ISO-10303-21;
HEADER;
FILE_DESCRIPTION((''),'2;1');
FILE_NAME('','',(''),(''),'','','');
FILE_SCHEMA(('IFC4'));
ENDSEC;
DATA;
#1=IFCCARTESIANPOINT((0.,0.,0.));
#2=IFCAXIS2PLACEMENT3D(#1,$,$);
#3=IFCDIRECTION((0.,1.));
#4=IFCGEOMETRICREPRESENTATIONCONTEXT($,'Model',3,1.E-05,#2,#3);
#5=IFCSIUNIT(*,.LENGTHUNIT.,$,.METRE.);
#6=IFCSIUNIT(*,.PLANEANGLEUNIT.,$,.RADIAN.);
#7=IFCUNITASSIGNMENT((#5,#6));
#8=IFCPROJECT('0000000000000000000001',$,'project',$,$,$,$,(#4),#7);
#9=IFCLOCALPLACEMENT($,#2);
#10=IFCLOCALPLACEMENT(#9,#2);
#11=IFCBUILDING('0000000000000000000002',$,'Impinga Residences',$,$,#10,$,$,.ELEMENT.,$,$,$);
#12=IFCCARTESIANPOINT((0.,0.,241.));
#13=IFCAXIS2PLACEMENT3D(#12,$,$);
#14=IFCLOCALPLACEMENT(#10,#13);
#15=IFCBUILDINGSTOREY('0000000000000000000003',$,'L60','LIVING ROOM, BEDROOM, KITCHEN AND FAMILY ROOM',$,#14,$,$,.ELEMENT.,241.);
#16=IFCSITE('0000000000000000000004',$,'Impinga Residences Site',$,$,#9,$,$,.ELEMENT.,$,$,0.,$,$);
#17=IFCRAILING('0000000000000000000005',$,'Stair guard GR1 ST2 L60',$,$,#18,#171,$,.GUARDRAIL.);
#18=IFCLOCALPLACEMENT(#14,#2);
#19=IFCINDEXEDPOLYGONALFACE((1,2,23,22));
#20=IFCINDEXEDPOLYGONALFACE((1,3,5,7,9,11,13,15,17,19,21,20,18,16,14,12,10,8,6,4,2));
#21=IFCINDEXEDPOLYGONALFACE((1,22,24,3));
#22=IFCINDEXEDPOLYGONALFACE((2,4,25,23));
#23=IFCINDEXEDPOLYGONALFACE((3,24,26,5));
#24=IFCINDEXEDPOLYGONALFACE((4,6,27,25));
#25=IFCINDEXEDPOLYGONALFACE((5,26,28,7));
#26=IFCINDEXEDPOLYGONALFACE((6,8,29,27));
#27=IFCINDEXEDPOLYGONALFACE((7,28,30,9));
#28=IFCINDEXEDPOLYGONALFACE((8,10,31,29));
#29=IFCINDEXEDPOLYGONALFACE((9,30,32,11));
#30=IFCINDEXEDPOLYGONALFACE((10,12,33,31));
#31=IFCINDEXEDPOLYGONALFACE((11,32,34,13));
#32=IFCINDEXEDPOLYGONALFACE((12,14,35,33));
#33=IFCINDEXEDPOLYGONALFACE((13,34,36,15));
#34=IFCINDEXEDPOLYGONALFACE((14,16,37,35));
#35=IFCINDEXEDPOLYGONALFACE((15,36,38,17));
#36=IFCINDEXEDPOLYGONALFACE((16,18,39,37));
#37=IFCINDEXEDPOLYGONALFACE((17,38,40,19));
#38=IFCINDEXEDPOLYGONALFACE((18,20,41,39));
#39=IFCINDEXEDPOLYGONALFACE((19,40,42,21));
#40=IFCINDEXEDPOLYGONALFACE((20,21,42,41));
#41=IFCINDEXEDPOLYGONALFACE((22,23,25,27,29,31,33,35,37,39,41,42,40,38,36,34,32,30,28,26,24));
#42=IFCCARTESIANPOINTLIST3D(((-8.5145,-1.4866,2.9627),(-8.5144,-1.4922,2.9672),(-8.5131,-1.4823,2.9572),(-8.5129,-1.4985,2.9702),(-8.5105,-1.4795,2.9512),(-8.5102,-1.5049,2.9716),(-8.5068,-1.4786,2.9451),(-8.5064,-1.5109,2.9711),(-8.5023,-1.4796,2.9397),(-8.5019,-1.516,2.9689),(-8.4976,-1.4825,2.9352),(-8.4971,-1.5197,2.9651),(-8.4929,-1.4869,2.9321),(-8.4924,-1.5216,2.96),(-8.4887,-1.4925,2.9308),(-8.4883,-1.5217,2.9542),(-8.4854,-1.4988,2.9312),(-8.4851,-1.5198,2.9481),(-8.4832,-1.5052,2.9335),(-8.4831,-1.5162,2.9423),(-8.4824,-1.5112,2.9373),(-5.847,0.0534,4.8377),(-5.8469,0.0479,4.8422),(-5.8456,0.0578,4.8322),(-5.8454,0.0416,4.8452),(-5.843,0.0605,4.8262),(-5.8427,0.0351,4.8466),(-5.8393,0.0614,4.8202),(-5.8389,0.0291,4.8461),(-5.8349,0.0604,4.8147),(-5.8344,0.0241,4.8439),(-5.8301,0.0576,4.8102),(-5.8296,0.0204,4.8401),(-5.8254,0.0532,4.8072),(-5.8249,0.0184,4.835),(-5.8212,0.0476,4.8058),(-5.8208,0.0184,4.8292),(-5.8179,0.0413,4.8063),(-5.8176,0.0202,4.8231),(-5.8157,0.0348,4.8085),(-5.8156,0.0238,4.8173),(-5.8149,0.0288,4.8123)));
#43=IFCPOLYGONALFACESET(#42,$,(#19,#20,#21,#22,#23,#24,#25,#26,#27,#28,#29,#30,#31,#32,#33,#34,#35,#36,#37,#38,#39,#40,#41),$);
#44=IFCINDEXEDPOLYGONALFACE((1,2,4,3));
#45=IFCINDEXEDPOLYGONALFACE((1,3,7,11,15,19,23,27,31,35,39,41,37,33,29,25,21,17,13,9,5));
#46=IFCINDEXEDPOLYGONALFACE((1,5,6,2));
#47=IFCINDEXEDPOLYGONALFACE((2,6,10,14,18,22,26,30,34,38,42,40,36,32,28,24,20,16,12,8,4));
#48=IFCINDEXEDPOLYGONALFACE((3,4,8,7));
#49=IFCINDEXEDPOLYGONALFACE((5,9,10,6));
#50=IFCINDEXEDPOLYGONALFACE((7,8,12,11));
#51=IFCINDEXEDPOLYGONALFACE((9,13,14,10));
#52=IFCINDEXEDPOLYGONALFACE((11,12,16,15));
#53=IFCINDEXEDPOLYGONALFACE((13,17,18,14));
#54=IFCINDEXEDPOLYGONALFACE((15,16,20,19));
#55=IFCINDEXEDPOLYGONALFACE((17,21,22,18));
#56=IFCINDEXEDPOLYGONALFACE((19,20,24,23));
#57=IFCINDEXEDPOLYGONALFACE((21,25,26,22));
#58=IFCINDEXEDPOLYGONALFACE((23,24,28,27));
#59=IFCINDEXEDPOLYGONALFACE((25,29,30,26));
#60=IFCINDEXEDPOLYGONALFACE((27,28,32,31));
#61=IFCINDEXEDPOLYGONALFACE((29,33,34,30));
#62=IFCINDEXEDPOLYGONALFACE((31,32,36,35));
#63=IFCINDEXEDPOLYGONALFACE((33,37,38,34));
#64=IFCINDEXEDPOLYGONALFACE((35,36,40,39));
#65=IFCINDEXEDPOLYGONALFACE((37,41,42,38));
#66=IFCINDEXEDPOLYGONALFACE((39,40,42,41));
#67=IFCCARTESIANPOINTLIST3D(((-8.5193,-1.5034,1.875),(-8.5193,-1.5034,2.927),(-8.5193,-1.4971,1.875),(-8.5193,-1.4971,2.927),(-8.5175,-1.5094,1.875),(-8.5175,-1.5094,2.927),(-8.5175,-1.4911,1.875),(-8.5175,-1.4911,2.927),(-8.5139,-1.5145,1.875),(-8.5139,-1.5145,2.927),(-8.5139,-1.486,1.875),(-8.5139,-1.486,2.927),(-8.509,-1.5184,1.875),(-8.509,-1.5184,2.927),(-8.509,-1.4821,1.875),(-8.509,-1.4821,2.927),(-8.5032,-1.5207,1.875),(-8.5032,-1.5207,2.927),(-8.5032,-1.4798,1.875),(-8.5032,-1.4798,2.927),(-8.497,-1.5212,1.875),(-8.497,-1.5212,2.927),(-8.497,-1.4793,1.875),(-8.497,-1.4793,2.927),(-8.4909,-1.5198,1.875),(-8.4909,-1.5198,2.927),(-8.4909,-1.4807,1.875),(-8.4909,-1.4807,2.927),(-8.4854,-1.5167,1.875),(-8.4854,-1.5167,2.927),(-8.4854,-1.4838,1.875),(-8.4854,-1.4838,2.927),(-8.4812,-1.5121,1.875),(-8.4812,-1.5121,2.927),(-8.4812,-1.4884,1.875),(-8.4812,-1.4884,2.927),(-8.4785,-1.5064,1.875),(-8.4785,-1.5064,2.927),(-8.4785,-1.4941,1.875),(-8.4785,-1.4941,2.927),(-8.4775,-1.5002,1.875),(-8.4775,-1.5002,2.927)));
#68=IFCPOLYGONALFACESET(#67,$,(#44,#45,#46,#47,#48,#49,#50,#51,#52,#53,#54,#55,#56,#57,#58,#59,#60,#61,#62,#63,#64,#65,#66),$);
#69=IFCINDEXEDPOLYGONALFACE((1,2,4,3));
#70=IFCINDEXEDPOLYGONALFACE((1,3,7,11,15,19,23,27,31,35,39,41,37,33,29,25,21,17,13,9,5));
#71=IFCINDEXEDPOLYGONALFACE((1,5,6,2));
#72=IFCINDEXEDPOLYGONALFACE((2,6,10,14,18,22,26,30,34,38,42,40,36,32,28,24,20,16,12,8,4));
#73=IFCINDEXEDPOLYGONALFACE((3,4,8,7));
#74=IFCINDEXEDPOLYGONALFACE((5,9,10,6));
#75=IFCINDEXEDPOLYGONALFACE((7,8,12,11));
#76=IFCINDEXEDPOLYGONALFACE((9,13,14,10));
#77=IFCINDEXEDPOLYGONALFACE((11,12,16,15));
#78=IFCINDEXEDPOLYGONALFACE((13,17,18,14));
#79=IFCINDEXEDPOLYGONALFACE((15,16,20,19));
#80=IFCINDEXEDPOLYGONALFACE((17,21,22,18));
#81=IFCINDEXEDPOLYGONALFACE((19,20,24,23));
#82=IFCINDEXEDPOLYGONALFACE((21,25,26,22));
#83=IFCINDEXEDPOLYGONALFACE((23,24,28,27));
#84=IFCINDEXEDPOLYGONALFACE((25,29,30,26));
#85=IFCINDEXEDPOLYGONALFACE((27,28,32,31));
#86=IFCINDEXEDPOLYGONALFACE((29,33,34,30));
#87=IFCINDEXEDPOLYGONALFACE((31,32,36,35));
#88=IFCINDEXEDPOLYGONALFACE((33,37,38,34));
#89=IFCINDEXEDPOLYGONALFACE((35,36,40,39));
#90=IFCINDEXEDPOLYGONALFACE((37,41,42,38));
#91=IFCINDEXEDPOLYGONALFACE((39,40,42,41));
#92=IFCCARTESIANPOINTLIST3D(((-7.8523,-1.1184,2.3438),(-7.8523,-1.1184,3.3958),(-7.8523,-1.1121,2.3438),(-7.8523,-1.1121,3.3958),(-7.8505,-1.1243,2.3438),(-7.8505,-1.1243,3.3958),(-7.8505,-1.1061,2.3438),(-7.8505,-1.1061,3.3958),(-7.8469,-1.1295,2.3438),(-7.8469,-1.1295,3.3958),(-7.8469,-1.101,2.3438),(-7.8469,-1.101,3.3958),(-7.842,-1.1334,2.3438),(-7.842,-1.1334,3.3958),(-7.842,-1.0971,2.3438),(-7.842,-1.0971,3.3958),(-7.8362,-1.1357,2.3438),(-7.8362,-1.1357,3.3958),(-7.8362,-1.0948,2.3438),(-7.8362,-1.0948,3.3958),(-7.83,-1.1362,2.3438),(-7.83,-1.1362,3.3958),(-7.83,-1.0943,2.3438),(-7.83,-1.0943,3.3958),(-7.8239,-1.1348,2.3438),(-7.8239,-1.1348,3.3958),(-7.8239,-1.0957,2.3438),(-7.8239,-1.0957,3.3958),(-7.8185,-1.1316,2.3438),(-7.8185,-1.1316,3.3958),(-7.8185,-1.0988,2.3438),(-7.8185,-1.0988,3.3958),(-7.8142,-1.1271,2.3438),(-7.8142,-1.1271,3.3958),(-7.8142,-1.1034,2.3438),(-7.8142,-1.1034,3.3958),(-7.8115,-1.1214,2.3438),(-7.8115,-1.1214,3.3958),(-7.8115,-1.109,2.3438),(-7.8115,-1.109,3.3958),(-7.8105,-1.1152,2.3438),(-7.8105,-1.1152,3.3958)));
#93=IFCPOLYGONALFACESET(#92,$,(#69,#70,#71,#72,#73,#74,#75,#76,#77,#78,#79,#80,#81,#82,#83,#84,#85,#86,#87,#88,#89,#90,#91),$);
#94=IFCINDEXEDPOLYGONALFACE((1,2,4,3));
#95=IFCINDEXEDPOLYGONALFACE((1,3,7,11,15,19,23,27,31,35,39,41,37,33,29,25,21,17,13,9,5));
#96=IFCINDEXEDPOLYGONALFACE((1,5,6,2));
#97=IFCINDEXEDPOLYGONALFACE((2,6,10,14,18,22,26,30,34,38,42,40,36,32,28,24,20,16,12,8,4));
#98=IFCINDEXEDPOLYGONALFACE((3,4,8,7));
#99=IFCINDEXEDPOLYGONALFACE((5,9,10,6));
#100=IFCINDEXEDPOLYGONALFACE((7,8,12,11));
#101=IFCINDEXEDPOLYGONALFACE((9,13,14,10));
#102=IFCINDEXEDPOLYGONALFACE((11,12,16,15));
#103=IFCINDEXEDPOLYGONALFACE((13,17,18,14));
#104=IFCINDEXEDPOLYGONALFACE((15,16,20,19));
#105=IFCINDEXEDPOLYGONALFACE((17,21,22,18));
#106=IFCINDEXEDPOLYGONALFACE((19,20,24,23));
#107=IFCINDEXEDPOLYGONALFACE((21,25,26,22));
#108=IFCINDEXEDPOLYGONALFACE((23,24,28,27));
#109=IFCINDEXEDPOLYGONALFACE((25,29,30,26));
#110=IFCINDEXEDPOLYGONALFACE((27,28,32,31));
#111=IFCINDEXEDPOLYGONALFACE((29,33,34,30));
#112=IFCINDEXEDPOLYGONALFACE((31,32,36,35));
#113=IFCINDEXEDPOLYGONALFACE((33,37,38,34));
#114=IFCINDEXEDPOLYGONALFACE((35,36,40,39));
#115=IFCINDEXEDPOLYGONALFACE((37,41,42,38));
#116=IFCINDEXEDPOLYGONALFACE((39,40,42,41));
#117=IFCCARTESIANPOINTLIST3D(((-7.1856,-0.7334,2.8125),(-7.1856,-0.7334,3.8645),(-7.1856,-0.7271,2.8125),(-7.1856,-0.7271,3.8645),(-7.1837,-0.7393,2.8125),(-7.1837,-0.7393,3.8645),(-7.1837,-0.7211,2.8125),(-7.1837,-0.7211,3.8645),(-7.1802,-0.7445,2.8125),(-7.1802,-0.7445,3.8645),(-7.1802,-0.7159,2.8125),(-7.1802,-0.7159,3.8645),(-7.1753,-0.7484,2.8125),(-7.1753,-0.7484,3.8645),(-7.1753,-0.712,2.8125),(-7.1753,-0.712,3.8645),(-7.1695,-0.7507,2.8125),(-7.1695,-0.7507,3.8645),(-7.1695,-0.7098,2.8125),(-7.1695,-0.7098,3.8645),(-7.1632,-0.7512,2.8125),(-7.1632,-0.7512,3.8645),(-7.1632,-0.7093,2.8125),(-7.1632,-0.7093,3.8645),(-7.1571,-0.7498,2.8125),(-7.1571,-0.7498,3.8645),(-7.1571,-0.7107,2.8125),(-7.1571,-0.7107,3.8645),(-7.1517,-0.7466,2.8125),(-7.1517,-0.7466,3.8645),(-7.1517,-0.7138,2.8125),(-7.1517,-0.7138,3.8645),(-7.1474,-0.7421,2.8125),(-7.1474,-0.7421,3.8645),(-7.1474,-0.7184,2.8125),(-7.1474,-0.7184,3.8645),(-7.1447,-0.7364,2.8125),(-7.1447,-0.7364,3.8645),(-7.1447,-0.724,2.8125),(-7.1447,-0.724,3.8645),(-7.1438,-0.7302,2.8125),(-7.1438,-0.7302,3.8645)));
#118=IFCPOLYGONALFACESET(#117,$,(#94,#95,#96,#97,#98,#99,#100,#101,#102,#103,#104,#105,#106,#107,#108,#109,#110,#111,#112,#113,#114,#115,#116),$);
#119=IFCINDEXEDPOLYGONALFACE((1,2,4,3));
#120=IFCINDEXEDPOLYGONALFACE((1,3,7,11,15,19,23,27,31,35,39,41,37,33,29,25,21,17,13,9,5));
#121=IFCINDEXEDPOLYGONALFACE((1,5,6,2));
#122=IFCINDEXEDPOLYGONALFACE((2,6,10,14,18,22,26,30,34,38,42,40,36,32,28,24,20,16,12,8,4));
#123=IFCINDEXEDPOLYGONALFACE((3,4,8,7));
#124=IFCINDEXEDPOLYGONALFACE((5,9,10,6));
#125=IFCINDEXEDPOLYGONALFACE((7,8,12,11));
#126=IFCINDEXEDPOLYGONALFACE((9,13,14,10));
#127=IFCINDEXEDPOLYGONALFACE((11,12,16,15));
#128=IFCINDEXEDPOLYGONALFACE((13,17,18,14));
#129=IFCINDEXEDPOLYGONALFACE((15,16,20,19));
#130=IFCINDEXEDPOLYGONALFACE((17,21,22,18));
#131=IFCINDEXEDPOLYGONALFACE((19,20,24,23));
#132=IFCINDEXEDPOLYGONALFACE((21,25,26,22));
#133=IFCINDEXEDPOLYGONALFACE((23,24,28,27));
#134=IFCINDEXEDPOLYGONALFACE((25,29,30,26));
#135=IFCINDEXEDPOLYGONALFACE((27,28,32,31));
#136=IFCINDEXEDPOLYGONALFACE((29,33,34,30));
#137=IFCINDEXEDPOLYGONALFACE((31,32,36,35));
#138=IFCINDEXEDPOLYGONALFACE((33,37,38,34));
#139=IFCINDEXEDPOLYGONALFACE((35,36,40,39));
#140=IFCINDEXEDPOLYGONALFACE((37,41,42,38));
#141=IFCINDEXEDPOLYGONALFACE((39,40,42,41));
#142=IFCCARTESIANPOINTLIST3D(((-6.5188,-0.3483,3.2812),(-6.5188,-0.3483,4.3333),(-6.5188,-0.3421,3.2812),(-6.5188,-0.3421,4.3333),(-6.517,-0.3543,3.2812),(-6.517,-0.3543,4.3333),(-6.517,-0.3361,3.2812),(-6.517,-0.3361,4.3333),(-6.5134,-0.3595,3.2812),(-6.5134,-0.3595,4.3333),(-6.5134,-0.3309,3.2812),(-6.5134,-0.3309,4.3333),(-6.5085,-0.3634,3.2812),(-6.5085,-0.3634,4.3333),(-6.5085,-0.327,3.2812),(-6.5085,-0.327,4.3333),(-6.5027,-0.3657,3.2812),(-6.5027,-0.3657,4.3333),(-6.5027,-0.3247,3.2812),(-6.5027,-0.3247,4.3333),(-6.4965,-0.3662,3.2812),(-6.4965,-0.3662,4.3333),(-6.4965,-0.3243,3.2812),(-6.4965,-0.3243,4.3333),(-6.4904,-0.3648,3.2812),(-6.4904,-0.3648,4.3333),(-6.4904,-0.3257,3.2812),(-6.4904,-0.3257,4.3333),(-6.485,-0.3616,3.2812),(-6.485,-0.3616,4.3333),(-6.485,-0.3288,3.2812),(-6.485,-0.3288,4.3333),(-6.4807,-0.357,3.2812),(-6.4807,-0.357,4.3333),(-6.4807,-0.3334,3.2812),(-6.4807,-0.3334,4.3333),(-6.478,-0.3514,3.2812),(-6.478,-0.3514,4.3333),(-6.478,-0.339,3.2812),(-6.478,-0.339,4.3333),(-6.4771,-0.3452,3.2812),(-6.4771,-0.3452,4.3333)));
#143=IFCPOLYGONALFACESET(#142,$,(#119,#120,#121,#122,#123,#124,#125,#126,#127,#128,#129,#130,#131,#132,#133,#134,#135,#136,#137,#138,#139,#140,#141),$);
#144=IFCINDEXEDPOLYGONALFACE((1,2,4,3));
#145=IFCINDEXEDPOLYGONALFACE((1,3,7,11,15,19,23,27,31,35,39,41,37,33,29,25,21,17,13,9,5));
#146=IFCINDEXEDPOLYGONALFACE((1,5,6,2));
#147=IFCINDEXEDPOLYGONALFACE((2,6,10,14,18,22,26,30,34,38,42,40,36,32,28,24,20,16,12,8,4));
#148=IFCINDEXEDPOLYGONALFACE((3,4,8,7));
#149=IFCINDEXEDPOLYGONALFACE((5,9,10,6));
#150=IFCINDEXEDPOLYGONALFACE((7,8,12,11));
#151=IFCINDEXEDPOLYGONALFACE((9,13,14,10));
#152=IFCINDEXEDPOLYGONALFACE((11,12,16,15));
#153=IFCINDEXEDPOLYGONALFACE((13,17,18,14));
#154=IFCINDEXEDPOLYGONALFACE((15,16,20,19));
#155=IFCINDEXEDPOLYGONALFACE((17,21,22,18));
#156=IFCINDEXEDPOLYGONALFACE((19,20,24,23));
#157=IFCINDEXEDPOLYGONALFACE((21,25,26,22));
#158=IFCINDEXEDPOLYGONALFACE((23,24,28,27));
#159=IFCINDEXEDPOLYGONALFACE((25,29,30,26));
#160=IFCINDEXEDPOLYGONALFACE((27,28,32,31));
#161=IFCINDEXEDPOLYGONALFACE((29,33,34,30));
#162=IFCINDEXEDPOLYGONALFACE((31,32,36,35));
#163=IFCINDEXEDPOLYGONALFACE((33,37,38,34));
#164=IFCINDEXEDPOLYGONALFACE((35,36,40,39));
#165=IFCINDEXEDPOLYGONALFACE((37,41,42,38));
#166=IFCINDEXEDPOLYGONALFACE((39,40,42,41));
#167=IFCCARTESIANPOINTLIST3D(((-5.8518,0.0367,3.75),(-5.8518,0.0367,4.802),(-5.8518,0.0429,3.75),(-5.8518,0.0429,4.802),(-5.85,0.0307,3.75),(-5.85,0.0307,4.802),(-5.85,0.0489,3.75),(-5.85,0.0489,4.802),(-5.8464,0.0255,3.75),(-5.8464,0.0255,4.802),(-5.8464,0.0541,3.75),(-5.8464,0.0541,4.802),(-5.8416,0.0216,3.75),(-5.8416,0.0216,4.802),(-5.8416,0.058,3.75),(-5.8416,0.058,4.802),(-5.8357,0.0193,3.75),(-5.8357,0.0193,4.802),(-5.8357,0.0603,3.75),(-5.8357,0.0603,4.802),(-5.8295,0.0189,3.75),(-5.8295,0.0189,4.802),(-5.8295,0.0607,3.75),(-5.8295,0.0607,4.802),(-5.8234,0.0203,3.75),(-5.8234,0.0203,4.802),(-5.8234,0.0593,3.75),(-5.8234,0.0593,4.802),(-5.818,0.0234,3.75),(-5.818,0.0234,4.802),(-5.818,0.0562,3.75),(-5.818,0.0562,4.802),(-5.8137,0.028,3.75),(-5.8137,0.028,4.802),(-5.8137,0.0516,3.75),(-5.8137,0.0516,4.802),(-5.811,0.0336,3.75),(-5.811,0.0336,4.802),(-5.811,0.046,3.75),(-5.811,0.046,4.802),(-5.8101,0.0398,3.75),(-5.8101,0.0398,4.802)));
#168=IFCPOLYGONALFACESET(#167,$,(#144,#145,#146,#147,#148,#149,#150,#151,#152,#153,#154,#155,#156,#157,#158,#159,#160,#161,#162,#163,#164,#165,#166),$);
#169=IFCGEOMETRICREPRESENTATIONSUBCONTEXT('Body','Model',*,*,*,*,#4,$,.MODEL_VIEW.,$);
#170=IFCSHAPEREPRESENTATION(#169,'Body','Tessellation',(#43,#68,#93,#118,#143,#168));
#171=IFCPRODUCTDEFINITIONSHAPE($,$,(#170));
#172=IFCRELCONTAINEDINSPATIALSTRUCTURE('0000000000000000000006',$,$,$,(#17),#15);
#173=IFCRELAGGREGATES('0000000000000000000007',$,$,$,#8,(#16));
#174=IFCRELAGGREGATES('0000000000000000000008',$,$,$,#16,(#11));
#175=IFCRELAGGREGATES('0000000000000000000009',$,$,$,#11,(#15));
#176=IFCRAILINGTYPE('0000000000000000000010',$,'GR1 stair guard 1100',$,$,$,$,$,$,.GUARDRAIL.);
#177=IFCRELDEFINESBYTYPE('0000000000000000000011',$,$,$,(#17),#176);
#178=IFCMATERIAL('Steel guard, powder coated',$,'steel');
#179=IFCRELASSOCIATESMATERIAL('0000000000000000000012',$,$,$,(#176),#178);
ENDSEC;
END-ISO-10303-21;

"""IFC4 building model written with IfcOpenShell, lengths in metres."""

from ifc_helpers import new_model, si_unit, direction, frame, origin, origin_2d, place, context, subcontext, project, spatial, circle, extrude, material, type_object, element, save


model = new_model("IFC4")

# Units and contexts
model_context = context("Model", 3, precision=1e-05, world=origin(), true_north=direction((0.0, 1.0)))
body_context = subcontext(model_context, "Body", "Model", "MODEL_VIEW")
ifc_project = project(units=[si_unit("LENGTHUNIT", "METRE"), si_unit("PLANEANGLEUNIT", "RADIAN")], contexts=[model_context])

# Site, building, storey
site_placement = place(None, origin())
site = spatial("IfcSite", under=ifc_project, at=site_placement, Name="Impinga Residences Site", CompositionType="ELEMENT", RefElevation=0.0)
building_placement = place(site_placement, origin())
building = spatial("IfcBuilding", under=site, at=building_placement, Name="Impinga Residences", CompositionType="ELEMENT")
storey_placement = place(building_placement, frame((0.0, 0.0, 241.0)))
storey = spatial("IfcBuildingStorey", under=building, at=storey_placement, Name="L60", Description="LIVING ROOM, BEDROOM, KITCHEN AND FAMILY ROOM", CompositionType="ELEMENT", Elevation=241.0)

# Railing
ifc_material_1 = material(Name="Steel guard, powder coated", Category="steel")
railing_type_1 = type_object("IfcRailingType", Name="GR1 stair guard 1100", PredefinedType="GUARDRAIL", material=ifc_material_1)
railing_1_placement = place(storey_placement, frame((-8.4985, -1.5002, 1.875)))
element("IfcRailing", 1, at=railing_1_placement, inside=storey, type_object=railing_type_1, Name="Stair guard GR1 ST2 L60", PredefinedType="GUARDRAIL", context=body_context, shape_type="SweptSolid", body=[
    extrude(circle(Radius=0.0239, at=origin_2d()), frame((0.0, 0.0, 1.0762), z_axis=(0.739746, 0.427084, 0.519975), x_axis=(-0.499992, 0.86603, 0.0)), (0.0, 0.0, 1.0), 3.606),
    extrude(circle(Radius=0.021, at=origin_2d()), origin(), (0.0, 0.0, 1.0), 1.052),
    extrude(circle(Radius=0.021, at=origin_2d()), frame((0.667, 0.385, 0.4688)), (0.0, 0.0, 1.0), 1.052),
    extrude(circle(Radius=0.021, at=origin_2d()), frame((1.3337, 0.77, 0.9375)), (0.0, 0.0, 1.0), 1.052),
    extrude(circle(Radius=0.021, at=origin_2d()), frame((2.0005, 1.155, 1.4062)), (0.0, 0.0, 1.0), 1.052),
    extrude(circle(Radius=0.021, at=origin_2d()), frame((2.6675, 1.54, 1.875)), (0.0, 0.0, 1.0), 1.052),
])

save(model, "model.ifc")
